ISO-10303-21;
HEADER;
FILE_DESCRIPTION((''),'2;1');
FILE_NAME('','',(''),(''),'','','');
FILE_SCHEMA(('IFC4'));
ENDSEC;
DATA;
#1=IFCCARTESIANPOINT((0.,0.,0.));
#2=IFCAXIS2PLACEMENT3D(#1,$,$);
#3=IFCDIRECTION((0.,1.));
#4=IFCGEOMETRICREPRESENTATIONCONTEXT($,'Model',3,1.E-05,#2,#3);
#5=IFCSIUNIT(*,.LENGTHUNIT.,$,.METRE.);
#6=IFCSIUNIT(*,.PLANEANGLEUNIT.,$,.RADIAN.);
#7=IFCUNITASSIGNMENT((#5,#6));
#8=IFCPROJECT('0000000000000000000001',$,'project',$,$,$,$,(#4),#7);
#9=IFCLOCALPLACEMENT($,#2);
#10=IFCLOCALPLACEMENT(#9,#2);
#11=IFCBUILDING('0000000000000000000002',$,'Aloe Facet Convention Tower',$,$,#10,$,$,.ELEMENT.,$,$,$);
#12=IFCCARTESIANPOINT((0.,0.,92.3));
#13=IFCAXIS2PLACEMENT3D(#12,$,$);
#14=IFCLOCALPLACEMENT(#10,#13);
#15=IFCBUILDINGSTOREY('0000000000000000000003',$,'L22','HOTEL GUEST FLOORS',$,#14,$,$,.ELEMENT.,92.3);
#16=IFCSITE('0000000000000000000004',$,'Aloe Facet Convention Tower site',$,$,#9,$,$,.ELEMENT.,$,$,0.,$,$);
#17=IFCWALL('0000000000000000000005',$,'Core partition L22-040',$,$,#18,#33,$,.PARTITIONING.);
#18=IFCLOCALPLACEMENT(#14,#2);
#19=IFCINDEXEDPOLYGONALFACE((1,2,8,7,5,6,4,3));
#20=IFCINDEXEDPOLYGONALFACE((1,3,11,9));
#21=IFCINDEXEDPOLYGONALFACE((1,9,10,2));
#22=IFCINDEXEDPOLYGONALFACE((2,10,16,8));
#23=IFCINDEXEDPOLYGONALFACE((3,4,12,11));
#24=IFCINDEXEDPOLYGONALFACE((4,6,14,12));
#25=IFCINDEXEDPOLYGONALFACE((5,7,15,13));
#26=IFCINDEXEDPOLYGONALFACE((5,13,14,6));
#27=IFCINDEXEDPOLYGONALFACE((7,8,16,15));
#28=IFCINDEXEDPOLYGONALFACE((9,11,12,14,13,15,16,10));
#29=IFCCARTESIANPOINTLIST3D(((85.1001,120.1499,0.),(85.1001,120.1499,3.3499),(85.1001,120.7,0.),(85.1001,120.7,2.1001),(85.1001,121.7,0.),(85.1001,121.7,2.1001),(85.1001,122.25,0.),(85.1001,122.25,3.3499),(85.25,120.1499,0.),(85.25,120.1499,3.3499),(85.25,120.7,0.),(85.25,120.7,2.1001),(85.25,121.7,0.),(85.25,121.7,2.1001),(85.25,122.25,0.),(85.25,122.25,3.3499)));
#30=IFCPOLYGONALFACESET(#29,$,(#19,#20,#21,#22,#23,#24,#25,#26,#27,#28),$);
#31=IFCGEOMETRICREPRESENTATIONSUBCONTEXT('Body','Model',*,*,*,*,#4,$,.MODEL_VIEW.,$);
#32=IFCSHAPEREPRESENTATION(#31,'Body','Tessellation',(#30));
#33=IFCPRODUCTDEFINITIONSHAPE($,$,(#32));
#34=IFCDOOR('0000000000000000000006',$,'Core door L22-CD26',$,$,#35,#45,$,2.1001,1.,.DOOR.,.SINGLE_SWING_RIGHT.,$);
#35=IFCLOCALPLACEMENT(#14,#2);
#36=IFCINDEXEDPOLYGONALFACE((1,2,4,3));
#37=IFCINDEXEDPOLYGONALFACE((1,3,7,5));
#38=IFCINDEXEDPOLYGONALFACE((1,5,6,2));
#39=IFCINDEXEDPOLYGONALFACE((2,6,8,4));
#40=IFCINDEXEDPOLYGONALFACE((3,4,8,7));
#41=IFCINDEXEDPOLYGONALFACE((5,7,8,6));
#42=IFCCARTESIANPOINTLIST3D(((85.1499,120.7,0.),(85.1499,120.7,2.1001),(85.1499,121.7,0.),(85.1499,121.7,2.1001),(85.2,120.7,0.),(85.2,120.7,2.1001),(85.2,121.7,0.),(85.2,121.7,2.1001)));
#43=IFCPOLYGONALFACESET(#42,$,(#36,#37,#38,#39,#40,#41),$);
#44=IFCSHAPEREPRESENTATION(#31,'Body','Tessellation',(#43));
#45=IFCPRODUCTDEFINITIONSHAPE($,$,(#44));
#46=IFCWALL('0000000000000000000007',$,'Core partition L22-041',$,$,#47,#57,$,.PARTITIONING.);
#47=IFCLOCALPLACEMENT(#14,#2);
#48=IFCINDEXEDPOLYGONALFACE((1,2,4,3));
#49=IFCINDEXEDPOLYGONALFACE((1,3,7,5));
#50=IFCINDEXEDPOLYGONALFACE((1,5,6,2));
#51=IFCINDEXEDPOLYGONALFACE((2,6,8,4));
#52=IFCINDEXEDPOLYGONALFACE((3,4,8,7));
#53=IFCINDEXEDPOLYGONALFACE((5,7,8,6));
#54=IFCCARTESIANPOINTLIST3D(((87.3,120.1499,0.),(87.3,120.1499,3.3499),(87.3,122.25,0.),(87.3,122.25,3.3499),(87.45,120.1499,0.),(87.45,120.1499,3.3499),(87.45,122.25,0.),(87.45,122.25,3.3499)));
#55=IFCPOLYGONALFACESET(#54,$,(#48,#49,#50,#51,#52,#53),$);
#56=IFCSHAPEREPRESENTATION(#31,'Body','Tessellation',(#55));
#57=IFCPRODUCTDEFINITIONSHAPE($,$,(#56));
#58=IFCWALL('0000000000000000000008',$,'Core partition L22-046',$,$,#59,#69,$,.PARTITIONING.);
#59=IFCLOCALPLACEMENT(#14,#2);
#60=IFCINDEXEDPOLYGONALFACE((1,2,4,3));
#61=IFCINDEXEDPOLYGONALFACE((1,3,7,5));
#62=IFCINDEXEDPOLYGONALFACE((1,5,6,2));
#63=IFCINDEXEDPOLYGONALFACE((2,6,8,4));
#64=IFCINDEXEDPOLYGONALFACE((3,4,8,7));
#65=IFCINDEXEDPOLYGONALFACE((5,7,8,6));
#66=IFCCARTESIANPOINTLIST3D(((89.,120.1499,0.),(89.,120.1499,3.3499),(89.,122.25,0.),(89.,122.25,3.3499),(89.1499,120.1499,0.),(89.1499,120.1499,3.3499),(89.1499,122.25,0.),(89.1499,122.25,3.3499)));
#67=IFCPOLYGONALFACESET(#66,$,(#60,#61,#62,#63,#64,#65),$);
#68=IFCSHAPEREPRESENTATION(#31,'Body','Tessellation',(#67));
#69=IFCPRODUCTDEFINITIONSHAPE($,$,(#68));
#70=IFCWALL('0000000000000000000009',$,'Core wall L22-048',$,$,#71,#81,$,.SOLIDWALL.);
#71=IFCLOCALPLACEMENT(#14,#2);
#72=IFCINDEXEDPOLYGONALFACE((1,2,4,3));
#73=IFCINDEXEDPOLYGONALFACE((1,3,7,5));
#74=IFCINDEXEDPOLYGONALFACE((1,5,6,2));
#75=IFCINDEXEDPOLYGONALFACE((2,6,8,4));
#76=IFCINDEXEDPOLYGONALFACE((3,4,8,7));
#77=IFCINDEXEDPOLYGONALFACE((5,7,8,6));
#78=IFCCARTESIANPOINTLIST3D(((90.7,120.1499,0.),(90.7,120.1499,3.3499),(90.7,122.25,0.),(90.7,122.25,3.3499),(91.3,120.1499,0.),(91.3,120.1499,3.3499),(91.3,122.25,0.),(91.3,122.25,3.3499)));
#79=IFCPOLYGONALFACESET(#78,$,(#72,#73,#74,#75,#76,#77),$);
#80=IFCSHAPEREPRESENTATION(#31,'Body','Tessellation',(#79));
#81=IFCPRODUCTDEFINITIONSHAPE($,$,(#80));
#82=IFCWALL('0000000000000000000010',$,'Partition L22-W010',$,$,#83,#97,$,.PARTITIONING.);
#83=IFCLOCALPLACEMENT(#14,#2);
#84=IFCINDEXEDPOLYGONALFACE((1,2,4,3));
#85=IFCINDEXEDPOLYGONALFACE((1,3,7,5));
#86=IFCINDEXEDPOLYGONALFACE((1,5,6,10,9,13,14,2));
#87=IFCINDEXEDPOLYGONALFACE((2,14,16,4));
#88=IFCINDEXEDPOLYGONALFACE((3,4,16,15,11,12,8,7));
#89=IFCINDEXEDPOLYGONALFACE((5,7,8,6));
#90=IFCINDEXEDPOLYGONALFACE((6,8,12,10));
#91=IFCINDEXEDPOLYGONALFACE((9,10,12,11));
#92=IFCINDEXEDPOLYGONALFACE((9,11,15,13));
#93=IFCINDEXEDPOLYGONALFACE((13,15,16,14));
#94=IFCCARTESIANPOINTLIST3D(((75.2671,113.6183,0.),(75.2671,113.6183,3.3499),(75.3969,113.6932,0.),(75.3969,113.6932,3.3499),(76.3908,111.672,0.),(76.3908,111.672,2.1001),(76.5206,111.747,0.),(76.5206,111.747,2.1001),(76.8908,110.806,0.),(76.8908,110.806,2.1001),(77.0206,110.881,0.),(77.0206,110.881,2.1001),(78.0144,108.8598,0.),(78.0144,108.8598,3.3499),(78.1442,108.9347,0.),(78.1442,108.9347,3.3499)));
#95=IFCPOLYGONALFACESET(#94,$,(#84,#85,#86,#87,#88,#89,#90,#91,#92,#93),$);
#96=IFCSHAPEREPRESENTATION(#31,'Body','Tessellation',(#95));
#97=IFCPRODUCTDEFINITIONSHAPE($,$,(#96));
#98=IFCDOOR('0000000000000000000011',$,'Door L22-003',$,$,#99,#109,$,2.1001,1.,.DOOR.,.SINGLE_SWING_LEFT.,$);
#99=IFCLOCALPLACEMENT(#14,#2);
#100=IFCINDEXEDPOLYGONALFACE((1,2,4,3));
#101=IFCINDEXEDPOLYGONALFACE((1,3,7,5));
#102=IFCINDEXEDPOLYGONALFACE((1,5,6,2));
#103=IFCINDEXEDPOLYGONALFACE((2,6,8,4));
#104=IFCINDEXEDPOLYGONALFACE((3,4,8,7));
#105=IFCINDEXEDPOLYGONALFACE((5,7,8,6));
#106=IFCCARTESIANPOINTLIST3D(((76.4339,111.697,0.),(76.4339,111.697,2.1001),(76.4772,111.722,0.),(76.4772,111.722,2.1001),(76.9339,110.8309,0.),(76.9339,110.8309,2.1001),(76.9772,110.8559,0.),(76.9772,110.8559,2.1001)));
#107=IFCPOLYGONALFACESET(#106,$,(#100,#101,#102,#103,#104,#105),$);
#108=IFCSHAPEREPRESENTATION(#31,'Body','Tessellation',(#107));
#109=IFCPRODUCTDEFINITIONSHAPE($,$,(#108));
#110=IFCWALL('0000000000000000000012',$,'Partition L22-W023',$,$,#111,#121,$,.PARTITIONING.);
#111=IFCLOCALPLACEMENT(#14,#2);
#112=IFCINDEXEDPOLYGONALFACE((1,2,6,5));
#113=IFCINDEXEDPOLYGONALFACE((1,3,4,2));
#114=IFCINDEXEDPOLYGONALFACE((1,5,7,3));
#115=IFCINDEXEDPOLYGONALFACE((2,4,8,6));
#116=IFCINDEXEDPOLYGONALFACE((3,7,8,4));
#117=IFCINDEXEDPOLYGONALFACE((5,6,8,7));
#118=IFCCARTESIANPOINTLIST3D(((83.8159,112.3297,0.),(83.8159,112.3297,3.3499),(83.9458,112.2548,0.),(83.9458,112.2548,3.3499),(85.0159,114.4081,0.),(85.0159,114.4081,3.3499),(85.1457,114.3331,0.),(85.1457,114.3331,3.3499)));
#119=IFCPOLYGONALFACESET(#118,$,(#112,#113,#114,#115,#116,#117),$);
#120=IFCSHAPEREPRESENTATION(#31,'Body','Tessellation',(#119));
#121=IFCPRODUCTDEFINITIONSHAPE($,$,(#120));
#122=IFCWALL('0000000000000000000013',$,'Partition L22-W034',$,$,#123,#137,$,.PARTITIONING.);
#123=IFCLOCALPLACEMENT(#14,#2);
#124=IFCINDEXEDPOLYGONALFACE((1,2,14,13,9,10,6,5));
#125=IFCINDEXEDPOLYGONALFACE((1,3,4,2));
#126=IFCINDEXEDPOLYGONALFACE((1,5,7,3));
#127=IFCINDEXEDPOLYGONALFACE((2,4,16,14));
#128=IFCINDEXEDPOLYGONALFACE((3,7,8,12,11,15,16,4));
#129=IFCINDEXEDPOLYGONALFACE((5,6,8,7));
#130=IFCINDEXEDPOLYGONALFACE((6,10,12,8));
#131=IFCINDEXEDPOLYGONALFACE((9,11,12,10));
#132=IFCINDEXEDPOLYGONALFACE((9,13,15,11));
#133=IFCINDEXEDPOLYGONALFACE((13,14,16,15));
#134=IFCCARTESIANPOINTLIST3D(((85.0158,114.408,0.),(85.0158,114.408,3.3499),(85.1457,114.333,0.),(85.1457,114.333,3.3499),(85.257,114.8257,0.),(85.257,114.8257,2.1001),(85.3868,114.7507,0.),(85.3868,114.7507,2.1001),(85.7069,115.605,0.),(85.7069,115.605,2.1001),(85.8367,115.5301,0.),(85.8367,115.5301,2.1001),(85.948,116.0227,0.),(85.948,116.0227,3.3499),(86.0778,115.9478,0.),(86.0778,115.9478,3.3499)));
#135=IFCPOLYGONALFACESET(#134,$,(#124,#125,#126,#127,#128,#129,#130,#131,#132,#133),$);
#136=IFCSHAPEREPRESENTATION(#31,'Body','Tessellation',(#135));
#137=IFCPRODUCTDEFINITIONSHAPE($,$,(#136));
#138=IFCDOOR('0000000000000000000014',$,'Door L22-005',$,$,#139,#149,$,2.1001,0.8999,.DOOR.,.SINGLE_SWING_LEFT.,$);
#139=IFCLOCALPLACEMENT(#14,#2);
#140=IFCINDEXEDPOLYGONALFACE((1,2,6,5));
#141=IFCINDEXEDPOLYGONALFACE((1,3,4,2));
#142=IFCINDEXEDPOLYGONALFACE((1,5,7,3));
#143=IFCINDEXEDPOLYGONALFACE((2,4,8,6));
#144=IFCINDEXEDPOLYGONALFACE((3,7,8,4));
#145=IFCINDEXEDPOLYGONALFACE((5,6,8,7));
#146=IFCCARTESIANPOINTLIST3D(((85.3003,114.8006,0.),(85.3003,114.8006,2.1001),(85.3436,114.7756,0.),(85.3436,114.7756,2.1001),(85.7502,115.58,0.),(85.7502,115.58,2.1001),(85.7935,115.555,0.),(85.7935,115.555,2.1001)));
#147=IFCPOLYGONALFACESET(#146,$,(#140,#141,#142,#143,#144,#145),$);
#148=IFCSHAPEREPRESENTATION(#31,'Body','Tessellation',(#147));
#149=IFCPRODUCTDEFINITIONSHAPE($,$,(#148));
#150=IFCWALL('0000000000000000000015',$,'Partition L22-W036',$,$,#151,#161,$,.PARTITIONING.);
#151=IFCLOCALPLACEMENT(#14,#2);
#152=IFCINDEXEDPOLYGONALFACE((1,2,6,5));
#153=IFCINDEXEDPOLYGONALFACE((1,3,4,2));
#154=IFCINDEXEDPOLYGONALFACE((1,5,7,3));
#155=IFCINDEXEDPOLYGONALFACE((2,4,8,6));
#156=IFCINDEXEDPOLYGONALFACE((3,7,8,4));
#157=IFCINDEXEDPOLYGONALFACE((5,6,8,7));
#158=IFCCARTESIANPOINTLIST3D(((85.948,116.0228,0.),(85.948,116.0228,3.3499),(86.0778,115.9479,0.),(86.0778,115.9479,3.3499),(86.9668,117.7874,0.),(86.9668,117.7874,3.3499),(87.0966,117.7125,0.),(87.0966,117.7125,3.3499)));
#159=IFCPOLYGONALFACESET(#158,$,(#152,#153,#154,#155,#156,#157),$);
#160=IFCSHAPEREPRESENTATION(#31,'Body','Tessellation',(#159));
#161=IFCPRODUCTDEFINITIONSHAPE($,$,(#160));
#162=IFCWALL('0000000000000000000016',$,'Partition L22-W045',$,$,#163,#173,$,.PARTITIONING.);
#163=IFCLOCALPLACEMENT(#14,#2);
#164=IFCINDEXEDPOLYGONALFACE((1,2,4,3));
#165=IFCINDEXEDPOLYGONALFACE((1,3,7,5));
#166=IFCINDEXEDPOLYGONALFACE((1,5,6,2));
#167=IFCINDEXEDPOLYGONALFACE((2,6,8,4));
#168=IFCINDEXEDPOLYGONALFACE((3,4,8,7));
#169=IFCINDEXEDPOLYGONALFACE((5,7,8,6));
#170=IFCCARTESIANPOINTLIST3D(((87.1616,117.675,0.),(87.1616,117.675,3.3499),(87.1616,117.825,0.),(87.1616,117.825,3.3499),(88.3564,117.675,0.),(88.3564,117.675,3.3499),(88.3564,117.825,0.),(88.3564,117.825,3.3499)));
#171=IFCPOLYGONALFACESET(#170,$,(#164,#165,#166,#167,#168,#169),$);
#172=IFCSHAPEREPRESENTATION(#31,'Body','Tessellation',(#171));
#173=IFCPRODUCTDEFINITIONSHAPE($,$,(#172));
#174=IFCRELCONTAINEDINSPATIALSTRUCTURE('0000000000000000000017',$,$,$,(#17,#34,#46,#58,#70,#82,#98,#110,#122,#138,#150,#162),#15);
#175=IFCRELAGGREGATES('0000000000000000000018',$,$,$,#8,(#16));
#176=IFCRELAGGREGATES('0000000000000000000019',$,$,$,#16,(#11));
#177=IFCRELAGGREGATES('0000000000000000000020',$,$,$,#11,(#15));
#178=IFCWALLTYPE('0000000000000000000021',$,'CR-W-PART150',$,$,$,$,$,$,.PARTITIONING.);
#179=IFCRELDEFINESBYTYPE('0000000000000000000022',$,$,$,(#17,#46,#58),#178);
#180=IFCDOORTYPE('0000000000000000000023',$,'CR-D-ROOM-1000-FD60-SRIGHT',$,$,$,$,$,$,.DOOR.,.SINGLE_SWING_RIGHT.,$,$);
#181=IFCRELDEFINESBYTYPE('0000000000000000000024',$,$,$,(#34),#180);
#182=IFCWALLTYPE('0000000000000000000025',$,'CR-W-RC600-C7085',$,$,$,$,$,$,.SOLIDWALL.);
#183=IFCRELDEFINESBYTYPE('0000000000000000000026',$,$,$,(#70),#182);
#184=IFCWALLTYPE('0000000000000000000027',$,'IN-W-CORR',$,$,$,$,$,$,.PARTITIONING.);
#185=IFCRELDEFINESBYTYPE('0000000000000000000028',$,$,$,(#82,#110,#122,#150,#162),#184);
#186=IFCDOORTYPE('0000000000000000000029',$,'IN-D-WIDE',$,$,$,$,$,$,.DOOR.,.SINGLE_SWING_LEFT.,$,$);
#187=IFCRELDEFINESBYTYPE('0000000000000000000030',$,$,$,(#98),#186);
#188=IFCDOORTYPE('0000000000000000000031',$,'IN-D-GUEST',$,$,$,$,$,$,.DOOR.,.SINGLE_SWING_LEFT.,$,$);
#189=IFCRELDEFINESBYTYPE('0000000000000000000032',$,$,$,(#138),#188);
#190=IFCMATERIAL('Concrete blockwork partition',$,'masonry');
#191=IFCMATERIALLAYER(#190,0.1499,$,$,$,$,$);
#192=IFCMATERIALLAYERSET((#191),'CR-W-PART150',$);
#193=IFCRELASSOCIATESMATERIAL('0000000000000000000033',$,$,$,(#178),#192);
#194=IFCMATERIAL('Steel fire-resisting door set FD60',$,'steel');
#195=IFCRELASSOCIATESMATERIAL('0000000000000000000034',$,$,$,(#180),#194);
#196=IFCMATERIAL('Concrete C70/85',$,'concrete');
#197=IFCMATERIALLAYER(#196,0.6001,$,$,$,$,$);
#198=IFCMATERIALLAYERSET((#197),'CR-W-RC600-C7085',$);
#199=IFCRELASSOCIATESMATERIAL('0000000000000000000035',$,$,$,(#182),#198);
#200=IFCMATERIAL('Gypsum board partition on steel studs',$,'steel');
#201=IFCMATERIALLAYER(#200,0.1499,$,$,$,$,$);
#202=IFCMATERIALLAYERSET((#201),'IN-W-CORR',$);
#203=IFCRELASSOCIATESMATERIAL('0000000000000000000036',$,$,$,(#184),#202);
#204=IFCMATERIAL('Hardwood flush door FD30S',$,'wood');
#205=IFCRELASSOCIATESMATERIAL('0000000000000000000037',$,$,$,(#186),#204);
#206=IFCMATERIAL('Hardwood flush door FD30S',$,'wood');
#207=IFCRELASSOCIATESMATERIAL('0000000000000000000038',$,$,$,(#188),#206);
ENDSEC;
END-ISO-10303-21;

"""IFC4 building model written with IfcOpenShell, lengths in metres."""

from ifc_helpers import new_model, si_unit, direction, frame, frame_2d, origin, place, context, subcontext, project, spatial, rectangle, extrude, material, layer, layer_set, type_object, element, fill, save


model = new_model("IFC4")

# Units and contexts
model_context = context("Model", 3, precision=1e-05, world=origin(), true_north=direction((0.0, 1.0)))
body_context = subcontext(model_context, "Body", "Model", "MODEL_VIEW")
ifc_project = project(units=[si_unit("LENGTHUNIT", "METRE"), si_unit("PLANEANGLEUNIT", "RADIAN")], contexts=[model_context])

# Site, building, storey
site_placement = place(None, origin())
site = spatial("IfcSite", under=ifc_project, at=site_placement, Name="Aloe Facet Convention Tower site", CompositionType="ELEMENT", RefElevation=0.0)
building_placement = place(site_placement, origin())
building = spatial("IfcBuilding", under=site, at=building_placement, Name="Aloe Facet Convention Tower", CompositionType="ELEMENT")
storey_placement = place(building_placement, frame((0.0, 0.0, 92.3)))
storey = spatial("IfcBuildingStorey", under=building, at=storey_placement, Name="L22", Description="HOTEL GUEST FLOORS", CompositionType="ELEMENT", Elevation=92.3)

# Shared definitions
ifc_material_1 = material(Name="Concrete blockwork partition", Category="masonry")
ifc_layer_1 = layer(ifc_material_1, 0.1499)
ifc_layer_set_1 = layer_set([ifc_layer_1], Name="CR-W-PART150")
wall_type_1 = type_object("IfcWallType", Name="CR-W-PART150", PredefinedType="PARTITIONING", material=ifc_layer_set_1)

# Wall, opening, door
wall_1_placement = place(storey_placement, frame((85.175, 122.25, 0.0), z_axis=(0.0, 0.0, 1.0), x_axis=(0.0, -1.0, 0.0)))
wall_1 = element("IfcWall", 1, at=wall_1_placement, inside=storey, type_object=wall_type_1, Name="Core partition L22-040", PredefinedType="PARTITIONING", context=body_context, shape_type="SweptSolid", body=[
    extrude(rectangle(XDim=2.1001, YDim=0.1499, at=frame_2d((1.05, 0.0))), origin(), (0.0, 0.0, 1.0), 3.3499),
])
opening_1_placement = place(wall_1_placement, frame((0.55, 0.0, 0.0)))
opening_1 = element("IfcOpeningElement", 2, at=opening_1_placement, cuts=wall_1, PredefinedType="OPENING", context=body_context, shape_type="SweptSolid", body=[
    extrude(rectangle(XDim=1.0, YDim=2.1001, at=frame_2d((0.5, 1.05))), frame((0.0, 0.085, 0.0), z_axis=(0.0, -1.0, 0.0), x_axis=(1.0, 0.0, 0.0)), (0.0, 0.0, 1.0), 0.1699),
])
ifc_material_2 = material(Name="Steel fire-resisting door set FD60", Category="steel")
door_type_1 = type_object("IfcDoorType", Name="CR-D-ROOM-1000-FD60-SRIGHT", OperationType="SINGLE_SWING_RIGHT", PredefinedType="DOOR", material=ifc_material_2)
door_1_placement = place(opening_1_placement, origin())
door_1 = element("IfcDoor", 3, at=door_1_placement, inside=storey, type_object=door_type_1, Name="Core door L22-CD26", OperationType="SINGLE_SWING_RIGHT", OverallHeight=2.1001, OverallWidth=1.0, PredefinedType="DOOR", context=body_context, shape_type="SweptSolid", body=[
    extrude(rectangle(XDim=1.0, YDim=2.1001, at=frame_2d((0.5, 1.05))), frame((0.0, 0.0249, 0.0), z_axis=(0.0, -1.0, 0.0), x_axis=(1.0, 0.0, 0.0)), (0.0, 0.0, 1.0), 0.05),
])
fill(opening_1, door_1)

# Walls
for number, where, z_axis, x_axis, name in (
    (4, (87.375, 122.25, 0.0), (0.0, 0.0, 1.0), (0.0, -1.0, 0.0), "Core partition L22-041"),
    (5, (89.075, 122.25, 0.0), (0.0, 0.0, 1.0), (0.0, -1.0, 0.0), "Core partition L22-046"),
):
    element("IfcWall", number, at=place(storey_placement, frame(where, z_axis=z_axis, x_axis=x_axis)), inside=storey, type_object=wall_type_1, Name=name, PredefinedType="PARTITIONING", context=body_context, shape_type="SweptSolid", body=[
        extrude(rectangle(XDim=2.1001, YDim=0.1499, at=frame_2d((1.05, 0.0))), origin(), (0.0, 0.0, 1.0), 3.3499),
    ])
ifc_material_3 = material(Name="Concrete C70/85", Category="concrete")
ifc_layer_2 = layer(ifc_material_3, 0.6001)
ifc_layer_set_2 = layer_set([ifc_layer_2], Name="CR-W-RC600-C7085")
wall_type_2 = type_object("IfcWallType", Name="CR-W-RC600-C7085", PredefinedType="SOLIDWALL", material=ifc_layer_set_2)
wall_2_placement = place(storey_placement, frame((91.0, 122.25, 0.0), z_axis=(0.0, 0.0, 1.0), x_axis=(0.0, -1.0, 0.0)))
element("IfcWall", 6, at=wall_2_placement, inside=storey, type_object=wall_type_2, Name="Core wall L22-048", PredefinedType="SOLIDWALL", context=body_context, shape_type="SweptSolid", body=[
    extrude(rectangle(XDim=2.1001, YDim=0.6001, at=frame_2d((1.05, 0.0))), origin(), (0.0, 0.0, 1.0), 3.3499),
])

# Wall, opening, door
ifc_material_4 = material(Name="Gypsum board partition on steel studs", Category="steel")
ifc_layer_3 = layer(ifc_material_4, 0.1499)
ifc_layer_set_3 = layer_set([ifc_layer_3], Name="IN-W-CORR")
wall_type_3 = type_object("IfcWallType", Name="IN-W-CORR", PredefinedType="PARTITIONING", material=ifc_layer_set_3)
wall_3_placement = place(storey_placement, frame((75.332, 113.6558, 0.0), z_axis=(0.0, 0.0, 1.0), x_axis=(0.499996, -0.866028, 0.0)))
wall_3 = element("IfcWall", 7, at=wall_3_placement, inside=storey, type_object=wall_type_3, Name="Partition L22-W010", PredefinedType="PARTITIONING", context=body_context, shape_type="SweptSolid", body=[
    extrude(rectangle(XDim=5.4946, YDim=0.1499, at=frame_2d((2.7473, 0.0))), origin(), (0.0, 0.0, 1.0), 3.3499),
])
opening_2_placement = place(wall_3_placement, frame((2.2473, 0.0, 0.0)))
opening_2 = element("IfcOpeningElement", 8, at=opening_2_placement, cuts=wall_3, PredefinedType="OPENING", context=body_context, shape_type="SweptSolid", body=[
    extrude(rectangle(XDim=1.0, YDim=2.1001, at=frame_2d((0.5, 1.05))), frame((0.0, 0.085, 0.0), z_axis=(0.0, -1.0, 0.0), x_axis=(1.0, 0.0, 0.0)), (0.0, 0.0, 1.0), 0.1699),
])
ifc_material_5 = material(Name="Hardwood flush door FD30S", Category="wood")
door_type_2 = type_object("IfcDoorType", Name="IN-D-WIDE", OperationType="SINGLE_SWING_LEFT", PredefinedType="DOOR", material=ifc_material_5)
door_2_placement = place(opening_2_placement, origin())
door_2 = element("IfcDoor", 9, at=door_2_placement, inside=storey, type_object=door_type_2, Name="Door L22-003", OperationType="SINGLE_SWING_LEFT", OverallHeight=2.1001, OverallWidth=1.0, PredefinedType="DOOR", context=body_context, shape_type="SweptSolid", body=[
    extrude(rectangle(XDim=1.0, YDim=2.1001, at=frame_2d((0.5, 1.05))), frame((0.0, 0.0249, 0.0), z_axis=(0.0, -1.0, 0.0), x_axis=(1.0, 0.0, 0.0)), (0.0, 0.0, 1.0), 0.05),
])
fill(opening_2, door_2)

# Wall
wall_4_placement = place(storey_placement, frame((83.8809, 112.2922, 0.0), z_axis=(0.0, 0.0, 1.0), x_axis=(0.500001, 0.866025, 0.0)))
element("IfcWall", 10, at=wall_4_placement, inside=storey, type_object=wall_type_3, Name="Partition L22-W023", PredefinedType="PARTITIONING", context=body_context, shape_type="SweptSolid", body=[
    extrude(rectangle(XDim=2.3999, YDim=0.1499, at=frame_2d((1.2, 0.0))), origin(), (0.0, 0.0, 1.0), 3.3499),
])

# Wall, opening, door
wall_5_placement = place(storey_placement, frame((85.0808, 114.3706, 0.0), z_axis=(0.0, 0.0, 1.0), x_axis=(0.499942, 0.866059, 0.0)))
wall_5 = element("IfcWall", 11, at=wall_5_placement, inside=storey, type_object=wall_type_3, Name="Partition L22-W034", PredefinedType="PARTITIONING", context=body_context, shape_type="SweptSolid", body=[
    extrude(rectangle(XDim=1.8645, YDim=0.1499, at=frame_2d((0.9321, 0.0))), origin(), (0.0, 0.0, 1.0), 3.3499),
])
opening_3_placement = place(wall_5_placement, frame((0.4822, 0.0, 0.0)))
opening_3 = element("IfcOpeningElement", 12, at=opening_3_placement, cuts=wall_5, PredefinedType="OPENING", context=body_context, shape_type="SweptSolid", body=[
    extrude(rectangle(XDim=0.8999, YDim=2.1001, at=frame_2d((0.45, 1.05))), frame((0.0, 0.085, 0.0), z_axis=(0.0, -1.0, 0.0), x_axis=(1.0, 0.0, 0.0)), (0.0, 0.0, 1.0), 0.1699),
])
ifc_material_6 = material(Name="Hardwood flush door FD30S", Category="wood")
door_type_3 = type_object("IfcDoorType", Name="IN-D-GUEST", OperationType="SINGLE_SWING_LEFT", PredefinedType="DOOR", material=ifc_material_6)
door_3_placement = place(opening_3_placement, origin())
door_3 = element("IfcDoor", 13, at=door_3_placement, inside=storey, type_object=door_type_3, Name="Door L22-005", OperationType="SINGLE_SWING_LEFT", OverallHeight=2.1001, OverallWidth=0.8999, PredefinedType="DOOR", context=body_context, shape_type="SweptSolid", body=[
    extrude(rectangle(XDim=0.8999, YDim=2.1001, at=frame_2d((0.45, 1.05))), frame((0.0, 0.0249, 0.0), z_axis=(0.0, -1.0, 0.0), x_axis=(1.0, 0.0, 0.0)), (0.0, 0.0, 1.0), 0.05),
])
fill(opening_3, door_3)

# Walls
wall_6_placement = place(storey_placement, frame((86.0129, 115.9854, 0.0), z_axis=(0.0, 0.0, 1.0), x_axis=(0.499992, 0.86603, 0.0)))
element("IfcWall", 14, at=wall_6_placement, inside=storey, type_object=wall_type_3, Name="Partition L22-W036", PredefinedType="PARTITIONING", context=body_context, shape_type="SweptSolid", body=[
    extrude(rectangle(XDim=2.0376, YDim=0.1499, at=frame_2d((1.0188, 0.0))), origin(), (0.0, 0.0, 1.0), 3.3499),
])
wall_7_placement = place(storey_placement, frame((87.1616, 117.75, 0.0), z_axis=(0.0, 0.0, 1.0), x_axis=(1.0, 0.0, 0.0)))
element("IfcWall", 15, at=wall_7_placement, inside=storey, type_object=wall_type_3, Name="Partition L22-W045", PredefinedType="PARTITIONING", context=body_context, shape_type="SweptSolid", body=[
    extrude(rectangle(XDim=1.1948, YDim=0.1499, at=frame_2d((0.5974, 0.0))), origin(), (0.0, 0.0, 1.0), 3.3499),
])

save(model, "model.ifc")
